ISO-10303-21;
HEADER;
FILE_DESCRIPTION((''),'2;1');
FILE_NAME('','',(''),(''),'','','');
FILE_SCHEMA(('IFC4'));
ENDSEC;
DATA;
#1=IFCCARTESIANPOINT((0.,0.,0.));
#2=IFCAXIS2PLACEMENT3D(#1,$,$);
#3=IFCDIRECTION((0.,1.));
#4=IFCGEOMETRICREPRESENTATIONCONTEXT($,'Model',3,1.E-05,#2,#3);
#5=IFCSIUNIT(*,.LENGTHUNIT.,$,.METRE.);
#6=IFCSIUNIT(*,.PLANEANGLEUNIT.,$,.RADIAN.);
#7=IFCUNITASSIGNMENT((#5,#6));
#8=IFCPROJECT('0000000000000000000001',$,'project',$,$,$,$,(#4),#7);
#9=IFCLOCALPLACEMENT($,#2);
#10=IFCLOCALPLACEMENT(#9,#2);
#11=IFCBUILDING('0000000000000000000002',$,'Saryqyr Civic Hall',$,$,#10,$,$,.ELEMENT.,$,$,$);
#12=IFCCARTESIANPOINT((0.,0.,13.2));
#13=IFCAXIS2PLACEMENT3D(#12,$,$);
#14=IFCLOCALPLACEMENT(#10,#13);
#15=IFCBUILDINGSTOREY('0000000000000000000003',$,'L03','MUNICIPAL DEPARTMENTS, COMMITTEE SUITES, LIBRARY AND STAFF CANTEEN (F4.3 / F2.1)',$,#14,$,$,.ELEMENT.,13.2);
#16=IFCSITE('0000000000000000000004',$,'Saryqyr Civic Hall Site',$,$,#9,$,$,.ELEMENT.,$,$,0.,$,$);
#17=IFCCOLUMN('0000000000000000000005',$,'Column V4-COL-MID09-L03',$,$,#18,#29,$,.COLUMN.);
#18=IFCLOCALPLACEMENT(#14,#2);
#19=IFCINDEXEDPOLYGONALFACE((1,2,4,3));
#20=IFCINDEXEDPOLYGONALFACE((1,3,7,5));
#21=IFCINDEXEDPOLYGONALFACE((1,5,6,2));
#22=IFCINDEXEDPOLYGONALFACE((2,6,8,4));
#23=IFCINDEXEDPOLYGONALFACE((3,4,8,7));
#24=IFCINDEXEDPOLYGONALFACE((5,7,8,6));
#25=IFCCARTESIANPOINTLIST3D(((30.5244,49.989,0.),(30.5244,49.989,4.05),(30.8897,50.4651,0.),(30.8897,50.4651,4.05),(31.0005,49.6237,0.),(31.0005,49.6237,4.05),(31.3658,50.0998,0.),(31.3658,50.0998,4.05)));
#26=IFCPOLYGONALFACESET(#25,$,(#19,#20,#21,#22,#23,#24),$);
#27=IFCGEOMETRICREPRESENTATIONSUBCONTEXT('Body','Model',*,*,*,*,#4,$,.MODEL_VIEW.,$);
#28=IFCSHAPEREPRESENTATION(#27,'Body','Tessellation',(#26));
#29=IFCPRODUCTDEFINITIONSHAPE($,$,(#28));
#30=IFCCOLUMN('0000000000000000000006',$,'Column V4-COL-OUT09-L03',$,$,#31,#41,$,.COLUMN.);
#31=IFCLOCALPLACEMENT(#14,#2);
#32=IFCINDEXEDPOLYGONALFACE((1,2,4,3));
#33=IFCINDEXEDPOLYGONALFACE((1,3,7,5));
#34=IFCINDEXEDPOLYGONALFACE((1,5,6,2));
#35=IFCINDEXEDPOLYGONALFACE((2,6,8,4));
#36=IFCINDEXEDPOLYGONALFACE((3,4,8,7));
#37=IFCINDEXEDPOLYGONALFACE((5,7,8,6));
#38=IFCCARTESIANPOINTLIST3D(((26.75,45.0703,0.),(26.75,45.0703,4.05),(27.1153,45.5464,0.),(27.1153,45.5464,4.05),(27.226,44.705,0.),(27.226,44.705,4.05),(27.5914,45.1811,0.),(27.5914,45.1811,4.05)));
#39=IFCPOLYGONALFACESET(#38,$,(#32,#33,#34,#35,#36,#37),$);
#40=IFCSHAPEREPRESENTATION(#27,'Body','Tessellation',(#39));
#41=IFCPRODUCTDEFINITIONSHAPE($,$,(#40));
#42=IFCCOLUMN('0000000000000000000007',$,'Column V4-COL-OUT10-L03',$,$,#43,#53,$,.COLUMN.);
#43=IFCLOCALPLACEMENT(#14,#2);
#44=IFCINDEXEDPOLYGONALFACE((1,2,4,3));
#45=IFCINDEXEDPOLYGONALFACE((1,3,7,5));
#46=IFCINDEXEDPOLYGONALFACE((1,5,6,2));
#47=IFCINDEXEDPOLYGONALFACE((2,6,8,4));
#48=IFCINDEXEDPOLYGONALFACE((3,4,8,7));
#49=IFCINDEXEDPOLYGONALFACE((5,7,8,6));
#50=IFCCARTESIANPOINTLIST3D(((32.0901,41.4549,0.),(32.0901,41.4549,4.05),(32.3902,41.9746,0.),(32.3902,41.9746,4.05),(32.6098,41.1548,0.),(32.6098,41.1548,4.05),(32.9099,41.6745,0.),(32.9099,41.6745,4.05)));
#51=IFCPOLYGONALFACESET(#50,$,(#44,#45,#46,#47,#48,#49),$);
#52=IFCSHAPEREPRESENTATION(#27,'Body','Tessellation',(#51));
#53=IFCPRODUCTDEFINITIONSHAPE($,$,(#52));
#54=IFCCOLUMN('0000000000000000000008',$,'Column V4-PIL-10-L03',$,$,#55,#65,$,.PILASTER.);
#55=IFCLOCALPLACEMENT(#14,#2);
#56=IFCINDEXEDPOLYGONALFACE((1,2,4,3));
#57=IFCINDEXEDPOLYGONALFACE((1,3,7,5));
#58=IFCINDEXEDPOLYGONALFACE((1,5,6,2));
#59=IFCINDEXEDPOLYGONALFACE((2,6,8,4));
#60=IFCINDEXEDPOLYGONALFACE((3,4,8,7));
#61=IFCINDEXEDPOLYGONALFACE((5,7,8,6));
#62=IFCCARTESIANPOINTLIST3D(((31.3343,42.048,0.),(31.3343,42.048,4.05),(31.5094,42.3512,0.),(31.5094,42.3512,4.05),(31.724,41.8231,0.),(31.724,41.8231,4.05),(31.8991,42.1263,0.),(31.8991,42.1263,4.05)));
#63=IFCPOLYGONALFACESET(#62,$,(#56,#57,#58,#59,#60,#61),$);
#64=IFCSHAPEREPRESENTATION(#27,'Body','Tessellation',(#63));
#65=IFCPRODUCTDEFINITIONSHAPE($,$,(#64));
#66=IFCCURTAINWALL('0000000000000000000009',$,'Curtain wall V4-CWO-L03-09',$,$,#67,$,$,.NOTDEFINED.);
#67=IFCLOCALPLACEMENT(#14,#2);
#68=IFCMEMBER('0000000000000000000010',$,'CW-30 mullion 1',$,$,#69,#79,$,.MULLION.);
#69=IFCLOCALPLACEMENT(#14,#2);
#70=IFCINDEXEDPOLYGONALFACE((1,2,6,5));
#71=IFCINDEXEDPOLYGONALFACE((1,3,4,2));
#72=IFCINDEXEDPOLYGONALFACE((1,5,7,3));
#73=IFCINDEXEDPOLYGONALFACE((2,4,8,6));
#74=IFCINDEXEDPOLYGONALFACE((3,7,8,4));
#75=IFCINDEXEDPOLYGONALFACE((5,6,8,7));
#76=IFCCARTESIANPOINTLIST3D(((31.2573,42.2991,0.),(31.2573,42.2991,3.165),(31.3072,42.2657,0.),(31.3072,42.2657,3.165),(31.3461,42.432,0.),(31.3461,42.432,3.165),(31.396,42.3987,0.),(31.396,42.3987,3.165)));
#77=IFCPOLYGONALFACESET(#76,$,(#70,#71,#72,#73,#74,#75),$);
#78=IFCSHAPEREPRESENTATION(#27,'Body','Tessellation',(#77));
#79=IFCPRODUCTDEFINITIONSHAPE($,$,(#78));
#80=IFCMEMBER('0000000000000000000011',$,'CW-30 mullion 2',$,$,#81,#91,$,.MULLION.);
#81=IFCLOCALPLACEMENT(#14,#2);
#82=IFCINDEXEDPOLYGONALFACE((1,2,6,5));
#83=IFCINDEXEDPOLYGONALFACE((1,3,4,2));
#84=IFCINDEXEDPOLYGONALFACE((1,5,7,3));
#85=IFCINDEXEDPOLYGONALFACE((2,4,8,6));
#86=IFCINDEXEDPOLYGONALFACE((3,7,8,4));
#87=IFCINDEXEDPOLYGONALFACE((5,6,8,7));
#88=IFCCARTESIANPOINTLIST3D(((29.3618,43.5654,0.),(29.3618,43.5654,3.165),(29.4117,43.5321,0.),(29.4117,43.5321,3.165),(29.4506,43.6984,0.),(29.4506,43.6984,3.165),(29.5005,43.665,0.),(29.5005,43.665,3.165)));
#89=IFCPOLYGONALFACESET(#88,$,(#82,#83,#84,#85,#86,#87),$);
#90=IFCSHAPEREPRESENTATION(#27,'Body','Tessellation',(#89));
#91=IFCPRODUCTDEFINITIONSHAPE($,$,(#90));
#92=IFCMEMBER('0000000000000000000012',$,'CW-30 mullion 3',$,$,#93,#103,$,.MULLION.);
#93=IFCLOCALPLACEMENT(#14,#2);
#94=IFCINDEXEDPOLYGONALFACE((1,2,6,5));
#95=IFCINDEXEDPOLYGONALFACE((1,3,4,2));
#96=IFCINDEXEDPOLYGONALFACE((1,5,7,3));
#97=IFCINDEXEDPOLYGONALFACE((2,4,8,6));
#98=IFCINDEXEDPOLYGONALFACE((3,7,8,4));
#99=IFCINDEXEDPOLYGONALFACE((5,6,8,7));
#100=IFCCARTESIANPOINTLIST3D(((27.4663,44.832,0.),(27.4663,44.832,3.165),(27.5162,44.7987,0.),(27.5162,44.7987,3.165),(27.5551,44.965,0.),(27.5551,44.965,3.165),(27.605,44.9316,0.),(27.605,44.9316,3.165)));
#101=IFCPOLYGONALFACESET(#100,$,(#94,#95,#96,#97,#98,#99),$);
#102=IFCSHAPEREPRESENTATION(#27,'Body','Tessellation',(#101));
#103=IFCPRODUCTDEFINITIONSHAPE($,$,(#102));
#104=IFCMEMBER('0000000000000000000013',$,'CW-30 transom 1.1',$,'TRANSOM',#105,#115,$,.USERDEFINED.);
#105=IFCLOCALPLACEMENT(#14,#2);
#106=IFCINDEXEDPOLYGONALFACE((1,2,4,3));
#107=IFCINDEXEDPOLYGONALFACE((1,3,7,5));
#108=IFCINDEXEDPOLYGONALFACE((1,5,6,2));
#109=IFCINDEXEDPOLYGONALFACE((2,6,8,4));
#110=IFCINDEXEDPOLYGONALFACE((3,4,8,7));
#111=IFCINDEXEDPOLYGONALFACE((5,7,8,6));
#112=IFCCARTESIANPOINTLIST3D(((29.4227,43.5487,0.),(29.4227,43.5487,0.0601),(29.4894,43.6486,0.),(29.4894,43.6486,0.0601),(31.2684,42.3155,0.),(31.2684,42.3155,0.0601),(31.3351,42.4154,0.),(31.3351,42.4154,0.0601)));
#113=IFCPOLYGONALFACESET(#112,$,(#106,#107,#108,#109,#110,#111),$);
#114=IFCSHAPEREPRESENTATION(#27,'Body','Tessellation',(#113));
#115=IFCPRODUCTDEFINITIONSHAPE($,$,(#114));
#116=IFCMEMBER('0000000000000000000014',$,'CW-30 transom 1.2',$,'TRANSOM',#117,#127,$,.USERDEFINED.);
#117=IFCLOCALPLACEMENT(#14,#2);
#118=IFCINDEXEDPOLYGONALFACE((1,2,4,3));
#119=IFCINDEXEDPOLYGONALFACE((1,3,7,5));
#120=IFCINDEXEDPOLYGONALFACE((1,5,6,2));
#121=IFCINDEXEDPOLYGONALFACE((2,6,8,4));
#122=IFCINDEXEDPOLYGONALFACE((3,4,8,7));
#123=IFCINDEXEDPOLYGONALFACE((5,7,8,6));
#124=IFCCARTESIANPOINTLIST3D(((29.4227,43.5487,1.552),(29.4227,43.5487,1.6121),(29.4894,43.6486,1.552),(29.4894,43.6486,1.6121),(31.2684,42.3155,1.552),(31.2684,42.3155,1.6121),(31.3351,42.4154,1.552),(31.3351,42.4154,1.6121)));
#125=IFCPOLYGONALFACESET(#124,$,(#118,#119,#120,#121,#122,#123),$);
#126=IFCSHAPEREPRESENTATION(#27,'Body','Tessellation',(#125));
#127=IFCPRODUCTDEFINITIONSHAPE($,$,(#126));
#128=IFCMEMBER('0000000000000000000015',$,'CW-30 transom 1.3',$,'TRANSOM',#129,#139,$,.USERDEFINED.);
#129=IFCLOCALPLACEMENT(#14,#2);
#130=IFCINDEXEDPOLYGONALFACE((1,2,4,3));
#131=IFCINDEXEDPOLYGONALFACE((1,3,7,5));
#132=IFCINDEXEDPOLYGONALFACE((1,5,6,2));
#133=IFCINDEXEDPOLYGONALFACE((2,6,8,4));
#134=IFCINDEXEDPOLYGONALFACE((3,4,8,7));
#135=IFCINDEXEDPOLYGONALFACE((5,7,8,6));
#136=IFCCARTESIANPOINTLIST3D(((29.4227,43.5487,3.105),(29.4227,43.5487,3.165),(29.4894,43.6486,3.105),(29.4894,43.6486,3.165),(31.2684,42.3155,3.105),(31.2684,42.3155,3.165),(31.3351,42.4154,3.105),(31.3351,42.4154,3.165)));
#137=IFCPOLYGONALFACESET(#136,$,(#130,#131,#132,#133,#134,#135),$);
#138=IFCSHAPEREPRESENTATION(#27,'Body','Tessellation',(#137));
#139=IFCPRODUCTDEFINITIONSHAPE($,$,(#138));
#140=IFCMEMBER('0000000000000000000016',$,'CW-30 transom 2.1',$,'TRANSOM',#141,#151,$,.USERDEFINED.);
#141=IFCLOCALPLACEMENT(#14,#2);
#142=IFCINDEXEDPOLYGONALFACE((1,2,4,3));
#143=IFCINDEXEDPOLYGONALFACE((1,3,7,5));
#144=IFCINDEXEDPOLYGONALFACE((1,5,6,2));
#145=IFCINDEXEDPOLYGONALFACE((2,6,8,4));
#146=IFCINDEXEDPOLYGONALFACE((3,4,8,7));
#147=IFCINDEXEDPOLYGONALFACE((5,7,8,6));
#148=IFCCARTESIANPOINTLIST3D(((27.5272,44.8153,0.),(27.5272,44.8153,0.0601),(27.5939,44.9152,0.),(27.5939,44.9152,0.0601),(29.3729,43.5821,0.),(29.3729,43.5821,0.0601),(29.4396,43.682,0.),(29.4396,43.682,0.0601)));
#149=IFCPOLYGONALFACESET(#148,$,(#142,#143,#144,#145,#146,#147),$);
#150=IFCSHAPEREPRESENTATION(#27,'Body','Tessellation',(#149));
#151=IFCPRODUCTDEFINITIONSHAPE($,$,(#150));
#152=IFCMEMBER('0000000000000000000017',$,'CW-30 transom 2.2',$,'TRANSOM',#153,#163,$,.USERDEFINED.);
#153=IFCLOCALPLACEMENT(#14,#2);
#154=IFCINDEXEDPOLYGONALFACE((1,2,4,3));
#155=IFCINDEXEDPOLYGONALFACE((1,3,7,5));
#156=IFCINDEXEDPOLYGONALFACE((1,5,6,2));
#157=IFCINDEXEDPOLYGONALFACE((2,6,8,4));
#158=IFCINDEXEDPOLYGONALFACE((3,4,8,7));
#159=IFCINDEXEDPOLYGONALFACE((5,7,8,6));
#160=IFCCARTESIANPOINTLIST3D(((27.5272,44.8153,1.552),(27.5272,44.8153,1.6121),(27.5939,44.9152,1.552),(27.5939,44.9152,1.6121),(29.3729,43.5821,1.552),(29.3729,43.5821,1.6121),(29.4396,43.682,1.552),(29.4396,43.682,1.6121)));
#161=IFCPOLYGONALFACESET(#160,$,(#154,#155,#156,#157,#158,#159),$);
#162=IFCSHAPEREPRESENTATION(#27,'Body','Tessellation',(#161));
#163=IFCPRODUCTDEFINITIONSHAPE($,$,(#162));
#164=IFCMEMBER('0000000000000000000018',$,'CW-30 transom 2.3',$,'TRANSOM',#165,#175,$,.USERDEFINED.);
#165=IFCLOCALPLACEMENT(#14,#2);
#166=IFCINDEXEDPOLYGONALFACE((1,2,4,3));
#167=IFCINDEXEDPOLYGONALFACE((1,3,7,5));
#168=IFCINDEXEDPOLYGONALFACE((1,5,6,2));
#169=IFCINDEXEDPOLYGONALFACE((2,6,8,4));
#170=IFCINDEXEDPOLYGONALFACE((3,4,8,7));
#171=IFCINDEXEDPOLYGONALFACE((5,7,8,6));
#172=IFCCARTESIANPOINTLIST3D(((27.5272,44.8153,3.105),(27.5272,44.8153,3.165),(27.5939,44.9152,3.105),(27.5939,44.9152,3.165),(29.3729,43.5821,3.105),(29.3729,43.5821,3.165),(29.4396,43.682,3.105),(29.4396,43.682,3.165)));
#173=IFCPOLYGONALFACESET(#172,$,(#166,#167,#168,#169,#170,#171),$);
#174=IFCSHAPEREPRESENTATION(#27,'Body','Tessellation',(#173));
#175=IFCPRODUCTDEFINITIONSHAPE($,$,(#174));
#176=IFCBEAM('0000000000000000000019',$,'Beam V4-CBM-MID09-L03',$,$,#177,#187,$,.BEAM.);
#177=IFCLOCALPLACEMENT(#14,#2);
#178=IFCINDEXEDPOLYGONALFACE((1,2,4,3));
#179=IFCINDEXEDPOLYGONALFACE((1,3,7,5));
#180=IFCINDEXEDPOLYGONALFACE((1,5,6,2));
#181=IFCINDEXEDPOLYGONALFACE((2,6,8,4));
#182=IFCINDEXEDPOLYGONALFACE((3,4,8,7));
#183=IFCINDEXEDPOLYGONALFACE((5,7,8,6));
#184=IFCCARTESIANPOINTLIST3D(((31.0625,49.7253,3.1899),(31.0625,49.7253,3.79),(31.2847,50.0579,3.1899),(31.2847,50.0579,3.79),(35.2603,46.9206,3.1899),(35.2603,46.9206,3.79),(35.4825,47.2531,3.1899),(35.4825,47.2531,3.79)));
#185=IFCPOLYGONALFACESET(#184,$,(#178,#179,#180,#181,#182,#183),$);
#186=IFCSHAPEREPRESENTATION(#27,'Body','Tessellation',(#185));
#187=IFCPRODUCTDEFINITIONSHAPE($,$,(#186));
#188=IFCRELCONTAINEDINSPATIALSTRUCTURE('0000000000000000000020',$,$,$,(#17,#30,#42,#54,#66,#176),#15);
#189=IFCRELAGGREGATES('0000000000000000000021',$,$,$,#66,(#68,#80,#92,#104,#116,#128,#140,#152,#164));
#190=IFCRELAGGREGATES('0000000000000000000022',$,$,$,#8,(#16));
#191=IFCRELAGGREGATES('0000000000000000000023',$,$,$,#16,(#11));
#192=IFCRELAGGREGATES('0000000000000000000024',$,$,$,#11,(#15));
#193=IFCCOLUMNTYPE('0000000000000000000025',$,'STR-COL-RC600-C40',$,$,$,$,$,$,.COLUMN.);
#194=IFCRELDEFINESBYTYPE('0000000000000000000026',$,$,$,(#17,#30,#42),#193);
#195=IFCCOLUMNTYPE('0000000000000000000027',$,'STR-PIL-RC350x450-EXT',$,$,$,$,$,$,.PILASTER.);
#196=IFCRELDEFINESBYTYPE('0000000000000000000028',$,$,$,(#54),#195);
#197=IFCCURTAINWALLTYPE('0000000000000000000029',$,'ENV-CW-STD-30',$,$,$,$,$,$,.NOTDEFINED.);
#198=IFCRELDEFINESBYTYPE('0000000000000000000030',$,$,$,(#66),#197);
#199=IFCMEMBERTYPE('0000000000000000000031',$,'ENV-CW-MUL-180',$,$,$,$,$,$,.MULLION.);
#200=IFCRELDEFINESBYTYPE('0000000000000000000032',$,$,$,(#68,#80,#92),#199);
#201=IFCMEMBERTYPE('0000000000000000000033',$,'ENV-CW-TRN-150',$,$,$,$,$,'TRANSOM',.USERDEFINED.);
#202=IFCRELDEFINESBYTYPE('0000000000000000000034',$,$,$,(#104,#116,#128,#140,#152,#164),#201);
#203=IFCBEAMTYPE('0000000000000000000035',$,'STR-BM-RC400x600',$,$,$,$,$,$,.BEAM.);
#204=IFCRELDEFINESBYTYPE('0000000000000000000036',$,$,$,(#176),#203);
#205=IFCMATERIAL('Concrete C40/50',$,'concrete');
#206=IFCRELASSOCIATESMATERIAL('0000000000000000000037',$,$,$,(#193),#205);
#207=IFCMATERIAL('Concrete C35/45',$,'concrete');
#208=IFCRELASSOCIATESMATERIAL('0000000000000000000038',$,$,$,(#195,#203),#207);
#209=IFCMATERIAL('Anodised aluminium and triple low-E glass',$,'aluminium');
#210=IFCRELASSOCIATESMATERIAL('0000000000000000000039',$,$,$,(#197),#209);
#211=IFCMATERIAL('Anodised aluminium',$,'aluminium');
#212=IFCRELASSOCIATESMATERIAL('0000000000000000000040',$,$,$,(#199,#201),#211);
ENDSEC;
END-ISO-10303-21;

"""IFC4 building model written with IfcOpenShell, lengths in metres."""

from ifc_helpers import new_model, si_unit, direction, frame, origin, origin_2d, place, context, subcontext, project, spatial, rectangle, extrude, material, material_profile, profile_set, type_object, element, aggregate, save


model = new_model("IFC4")

# Units and contexts
model_context = context("Model", 3, precision=1e-05, world=origin(), true_north=direction((0.0, 1.0)))
body_context = subcontext(model_context, "Body", "Model", "MODEL_VIEW")
ifc_project = project(units=[si_unit("LENGTHUNIT", "METRE"), si_unit("PLANEANGLEUNIT", "RADIAN")], contexts=[model_context])

# Site, building, storey
site_placement = place(None, origin())
site = spatial("IfcSite", under=ifc_project, at=site_placement, Name="Saryqyr Civic Hall Site", CompositionType="ELEMENT", RefElevation=0.0)
building_placement = place(site_placement, origin())
building = spatial("IfcBuilding", under=site, at=building_placement, Name="Saryqyr Civic Hall", CompositionType="ELEMENT")
storey_placement = place(building_placement, frame((0.0, 0.0, 13.2)))
storey = spatial("IfcBuildingStorey", under=building, at=storey_placement, Name="L03", Description="MUNICIPAL DEPARTMENTS, COMMITTEE SUITES, LIBRARY AND STAFF CANTEEN (F4.3 / F2.1)", CompositionType="ELEMENT", Elevation=13.2)

# Columns
ifc_material_1 = material(Name="Concrete C40/50", Category="concrete")
ifc_material_profile_1 = material_profile(ifc_material_1, rectangle(XDim=0.6001, YDim=0.6001, at=origin_2d()), Name="RC 600x600")
ifc_profile_set_1 = profile_set([ifc_material_profile_1], Name="Concrete C40/50")
column_type_1 = type_object("IfcColumnType", Name="STR-COL-RC600-C40", PredefinedType="COLUMN", material=ifc_profile_set_1)
for number, where, z_axis, x_axis, name in (
    (1, (30.9451, 50.0444, 0.0), (0.0, 0.0, 1.0), (-0.608761, -0.793353, 0.0), "Column V4-COL-MID09-L03"),
    (2, (27.1707, 45.1257, 0.0), (0.0, 0.0, 1.0), (-0.608761, -0.793353, 0.0), "Column V4-COL-OUT09-L03"),
    (3, (32.5, 41.5647, 0.0), (0.0, 0.0, 1.0), (-0.5, -0.866025, 0.0), "Column V4-COL-OUT10-L03"),
):
    element("IfcColumn", number, at=place(storey_placement, frame(where, z_axis=z_axis, x_axis=x_axis)), inside=storey, type_object=column_type_1, Name=name, PredefinedType="COLUMN", context=body_context, shape_type="SweptSolid", body=[
        extrude(rectangle(XDim=0.6001, YDim=0.6001, at=origin_2d()), origin(), (0.0, 0.0, 1.0), 4.05),
    ])
ifc_material_2 = material(Name="Concrete C35/45", Category="concrete")
ifc_material_profile_2 = material_profile(ifc_material_2, rectangle(XDim=0.3501, YDim=0.45, at=origin_2d()), Name="RC 350x450")
ifc_profile_set_2 = profile_set([ifc_material_profile_2], Name="Concrete C35/45")
column_type_2 = type_object("IfcColumnType", Name="STR-PIL-RC350x450-EXT", PredefinedType="PILASTER", material=ifc_profile_set_2)
column_placement = place(storey_placement, frame((31.6167, 42.0872, 0.0), z_axis=(0.0, 0.0, 1.0), x_axis=(-0.5, -0.866025, 0.0)))
element("IfcColumn", 4, at=column_placement, inside=storey, type_object=column_type_2, Name="Column V4-PIL-10-L03", PredefinedType="PILASTER", context=body_context, shape_type="SweptSolid", body=[
    extrude(rectangle(XDim=0.3501, YDim=0.45, at=origin_2d()), origin(), (0.0, 0.0, 1.0), 4.05),
])

# Curtain wall, members
ifc_material_3 = material(Name="Anodised aluminium and triple low-E glass", Category="aluminium")
curtain_wall_type = type_object("IfcCurtainWallType", Name="ENV-CW-STD-30", PredefinedType="NOTDEFINED", material=ifc_material_3)
curtain_wall_placement = place(storey_placement, origin())
curtain_wall = element("IfcCurtainWall", 5, at=curtain_wall_placement, inside=storey, type_object=curtain_wall_type, Name="Curtain wall V4-CWO-L03-09", PredefinedType="NOTDEFINED")
ifc_material_4 = material(Name="Anodised aluminium", Category="aluminium")
ifc_material_profile_3 = material_profile(ifc_material_4, rectangle(XDim=0.0601, YDim=0.1599, at=origin_2d()), Name="ALU MULLION 60x160")
ifc_profile_set_3 = profile_set([ifc_material_profile_3], Name="Anodised aluminium")
member_type_1 = type_object("IfcMemberType", Name="ENV-CW-MUL-180", PredefinedType="MULLION", material=ifc_profile_set_3)
member_1_placement = place(storey_placement, frame((31.3267, 42.3489, 0.0), z_axis=(0.0, 0.0, 1.0), x_axis=(-0.831477, 0.555559, 0.0)))
member_1 = element("IfcMember", 6, at=member_1_placement, type_object=member_type_1, Name="CW-30 mullion 1", PredefinedType="MULLION", context=body_context, shape_type="SweptSolid", body=[
    extrude(rectangle(XDim=0.0601, YDim=0.1599, at=origin_2d()), origin(), (0.0, 0.0, 1.0), 3.165),
])
member_2_placement = place(storey_placement, frame((29.4312, 43.6152, 0.0), z_axis=(0.0, 0.0, 1.0), x_axis=(-0.831477, 0.555559, 0.0)))
member_2 = element("IfcMember", 7, at=member_2_placement, type_object=member_type_1, Name="CW-30 mullion 2", PredefinedType="MULLION", context=body_context, shape_type="SweptSolid", body=[
    extrude(rectangle(XDim=0.0601, YDim=0.1599, at=origin_2d()), origin(), (0.0, 0.0, 1.0), 3.165),
])
member_3_placement = place(storey_placement, frame((27.5356, 44.8818, 0.0), z_axis=(0.0, 0.0, 1.0), x_axis=(-0.831477, 0.555559, 0.0)))
member_3 = element("IfcMember", 8, at=member_3_placement, type_object=member_type_1, Name="CW-30 mullion 3", PredefinedType="MULLION", context=body_context, shape_type="SweptSolid", body=[
    extrude(rectangle(XDim=0.0601, YDim=0.1599, at=origin_2d()), origin(), (0.0, 0.0, 1.0), 3.165),
])
ifc_material_profile_4 = material_profile(ifc_material_4, rectangle(XDim=0.1201, YDim=0.0601, at=origin_2d()), Name="ALU TRANSOM 120x60")
ifc_profile_set_4 = profile_set([ifc_material_profile_4], Name="Anodised aluminium")
member_type_2 = type_object("IfcMemberType", Name="ENV-CW-TRN-150", ElementType="TRANSOM", PredefinedType="USERDEFINED", material=ifc_profile_set_4)
member_4_placement = place(storey_placement, frame((31.3018, 42.3655, 0.03), z_axis=(-0.831491, 0.555537, 0.0), x_axis=(-0.555537, -0.831491, 0.0)))
member_4 = element("IfcMember", 9, at=member_4_placement, type_object=member_type_2, Name="CW-30 transom 1.1", ObjectType="TRANSOM", PredefinedType="USERDEFINED", context=body_context, shape_type="SweptSolid", body=[
    extrude(rectangle(XDim=0.1201, YDim=0.0601, at=origin_2d()), origin(), (0.0, 0.0, 1.0), 2.2197),
])
member_5_placement = place(storey_placement, frame((31.3018, 42.3655, 1.582), z_axis=(-0.831491, 0.555537, 0.0), x_axis=(-0.555537, -0.831491, 0.0)))
member_5 = element("IfcMember", 10, at=member_5_placement, type_object=member_type_2, Name="CW-30 transom 1.2", ObjectType="TRANSOM", PredefinedType="USERDEFINED", context=body_context, shape_type="SweptSolid", body=[
    extrude(rectangle(XDim=0.1201, YDim=0.0601, at=origin_2d()), origin(), (0.0, 0.0, 1.0), 2.2197),
])
member_6_placement = place(storey_placement, frame((31.3018, 42.3655, 3.135), z_axis=(-0.831491, 0.555537, 0.0), x_axis=(-0.555537, -0.831491, 0.0)))
member_6 = element("IfcMember", 11, at=member_6_placement, type_object=member_type_2, Name="CW-30 transom 1.3", ObjectType="TRANSOM", PredefinedType="USERDEFINED", context=body_context, shape_type="SweptSolid", body=[
    extrude(rectangle(XDim=0.1201, YDim=0.0601, at=origin_2d()), origin(), (0.0, 0.0, 1.0), 2.2197),
])
member_7_placement = place(storey_placement, frame((29.4062, 43.6321, 0.03), z_axis=(-0.831491, 0.555537, 0.0), x_axis=(-0.555537, -0.831491, 0.0)))
member_7 = element("IfcMember", 12, at=member_7_placement, type_object=member_type_2, Name="CW-30 transom 2.1", ObjectType="TRANSOM", PredefinedType="USERDEFINED", context=body_context, shape_type="SweptSolid", body=[
    extrude(rectangle(XDim=0.1201, YDim=0.0601, at=origin_2d()), origin(), (0.0, 0.0, 1.0), 2.2197),
])
member_8_placement = place(storey_placement, frame((29.4062, 43.6321, 1.582), z_axis=(-0.831491, 0.555537, 0.0), x_axis=(-0.555537, -0.831491, 0.0)))
member_8 = element("IfcMember", 13, at=member_8_placement, type_object=member_type_2, Name="CW-30 transom 2.2", ObjectType="TRANSOM", PredefinedType="USERDEFINED", context=body_context, shape_type="SweptSolid", body=[
    extrude(rectangle(XDim=0.1201, YDim=0.0601, at=origin_2d()), origin(), (0.0, 0.0, 1.0), 2.2197),
])
member_9_placement = place(storey_placement, frame((29.4062, 43.6321, 3.135), z_axis=(-0.831491, 0.555537, 0.0), x_axis=(-0.555537, -0.831491, 0.0)))
member_9 = element("IfcMember", 14, at=member_9_placement, type_object=member_type_2, Name="CW-30 transom 2.3", ObjectType="TRANSOM", PredefinedType="USERDEFINED", context=body_context, shape_type="SweptSolid", body=[
    extrude(rectangle(XDim=0.1201, YDim=0.0601, at=origin_2d()), origin(), (0.0, 0.0, 1.0), 2.2197),
])

# Beam
ifc_material_profile_5 = material_profile(ifc_material_2, rectangle(XDim=0.3999, YDim=0.6001, at=origin_2d()), Name="RC 400x600")
ifc_profile_set_5 = profile_set([ifc_material_profile_5], Name="Concrete C35/45")
beam_type_1 = type_object("IfcBeamType", Name="STR-BM-RC400x600", PredefinedType="BEAM", material=ifc_profile_set_5)
beam_1_placement = place(storey_placement, frame((31.1736, 49.8916, 3.49), z_axis=(0.831484, -0.555548, 0.0), x_axis=(0.555548, 0.831484, 0.0)))
element("IfcBeam", 15, at=beam_1_placement, inside=storey, type_object=beam_type_1, Name="Beam V4-CBM-MID09-L03", PredefinedType="BEAM", context=body_context, shape_type="SweptSolid", body=[
    extrude(rectangle(XDim=0.3999, YDim=0.6001, at=origin_2d()), origin(), (0.0, 0.0, 1.0), 5.0486),
])

aggregate(curtain_wall, [member_1, member_2, member_3, member_4, member_5, member_6, member_7, member_8, member_9])

save(model, "model.ifc")
